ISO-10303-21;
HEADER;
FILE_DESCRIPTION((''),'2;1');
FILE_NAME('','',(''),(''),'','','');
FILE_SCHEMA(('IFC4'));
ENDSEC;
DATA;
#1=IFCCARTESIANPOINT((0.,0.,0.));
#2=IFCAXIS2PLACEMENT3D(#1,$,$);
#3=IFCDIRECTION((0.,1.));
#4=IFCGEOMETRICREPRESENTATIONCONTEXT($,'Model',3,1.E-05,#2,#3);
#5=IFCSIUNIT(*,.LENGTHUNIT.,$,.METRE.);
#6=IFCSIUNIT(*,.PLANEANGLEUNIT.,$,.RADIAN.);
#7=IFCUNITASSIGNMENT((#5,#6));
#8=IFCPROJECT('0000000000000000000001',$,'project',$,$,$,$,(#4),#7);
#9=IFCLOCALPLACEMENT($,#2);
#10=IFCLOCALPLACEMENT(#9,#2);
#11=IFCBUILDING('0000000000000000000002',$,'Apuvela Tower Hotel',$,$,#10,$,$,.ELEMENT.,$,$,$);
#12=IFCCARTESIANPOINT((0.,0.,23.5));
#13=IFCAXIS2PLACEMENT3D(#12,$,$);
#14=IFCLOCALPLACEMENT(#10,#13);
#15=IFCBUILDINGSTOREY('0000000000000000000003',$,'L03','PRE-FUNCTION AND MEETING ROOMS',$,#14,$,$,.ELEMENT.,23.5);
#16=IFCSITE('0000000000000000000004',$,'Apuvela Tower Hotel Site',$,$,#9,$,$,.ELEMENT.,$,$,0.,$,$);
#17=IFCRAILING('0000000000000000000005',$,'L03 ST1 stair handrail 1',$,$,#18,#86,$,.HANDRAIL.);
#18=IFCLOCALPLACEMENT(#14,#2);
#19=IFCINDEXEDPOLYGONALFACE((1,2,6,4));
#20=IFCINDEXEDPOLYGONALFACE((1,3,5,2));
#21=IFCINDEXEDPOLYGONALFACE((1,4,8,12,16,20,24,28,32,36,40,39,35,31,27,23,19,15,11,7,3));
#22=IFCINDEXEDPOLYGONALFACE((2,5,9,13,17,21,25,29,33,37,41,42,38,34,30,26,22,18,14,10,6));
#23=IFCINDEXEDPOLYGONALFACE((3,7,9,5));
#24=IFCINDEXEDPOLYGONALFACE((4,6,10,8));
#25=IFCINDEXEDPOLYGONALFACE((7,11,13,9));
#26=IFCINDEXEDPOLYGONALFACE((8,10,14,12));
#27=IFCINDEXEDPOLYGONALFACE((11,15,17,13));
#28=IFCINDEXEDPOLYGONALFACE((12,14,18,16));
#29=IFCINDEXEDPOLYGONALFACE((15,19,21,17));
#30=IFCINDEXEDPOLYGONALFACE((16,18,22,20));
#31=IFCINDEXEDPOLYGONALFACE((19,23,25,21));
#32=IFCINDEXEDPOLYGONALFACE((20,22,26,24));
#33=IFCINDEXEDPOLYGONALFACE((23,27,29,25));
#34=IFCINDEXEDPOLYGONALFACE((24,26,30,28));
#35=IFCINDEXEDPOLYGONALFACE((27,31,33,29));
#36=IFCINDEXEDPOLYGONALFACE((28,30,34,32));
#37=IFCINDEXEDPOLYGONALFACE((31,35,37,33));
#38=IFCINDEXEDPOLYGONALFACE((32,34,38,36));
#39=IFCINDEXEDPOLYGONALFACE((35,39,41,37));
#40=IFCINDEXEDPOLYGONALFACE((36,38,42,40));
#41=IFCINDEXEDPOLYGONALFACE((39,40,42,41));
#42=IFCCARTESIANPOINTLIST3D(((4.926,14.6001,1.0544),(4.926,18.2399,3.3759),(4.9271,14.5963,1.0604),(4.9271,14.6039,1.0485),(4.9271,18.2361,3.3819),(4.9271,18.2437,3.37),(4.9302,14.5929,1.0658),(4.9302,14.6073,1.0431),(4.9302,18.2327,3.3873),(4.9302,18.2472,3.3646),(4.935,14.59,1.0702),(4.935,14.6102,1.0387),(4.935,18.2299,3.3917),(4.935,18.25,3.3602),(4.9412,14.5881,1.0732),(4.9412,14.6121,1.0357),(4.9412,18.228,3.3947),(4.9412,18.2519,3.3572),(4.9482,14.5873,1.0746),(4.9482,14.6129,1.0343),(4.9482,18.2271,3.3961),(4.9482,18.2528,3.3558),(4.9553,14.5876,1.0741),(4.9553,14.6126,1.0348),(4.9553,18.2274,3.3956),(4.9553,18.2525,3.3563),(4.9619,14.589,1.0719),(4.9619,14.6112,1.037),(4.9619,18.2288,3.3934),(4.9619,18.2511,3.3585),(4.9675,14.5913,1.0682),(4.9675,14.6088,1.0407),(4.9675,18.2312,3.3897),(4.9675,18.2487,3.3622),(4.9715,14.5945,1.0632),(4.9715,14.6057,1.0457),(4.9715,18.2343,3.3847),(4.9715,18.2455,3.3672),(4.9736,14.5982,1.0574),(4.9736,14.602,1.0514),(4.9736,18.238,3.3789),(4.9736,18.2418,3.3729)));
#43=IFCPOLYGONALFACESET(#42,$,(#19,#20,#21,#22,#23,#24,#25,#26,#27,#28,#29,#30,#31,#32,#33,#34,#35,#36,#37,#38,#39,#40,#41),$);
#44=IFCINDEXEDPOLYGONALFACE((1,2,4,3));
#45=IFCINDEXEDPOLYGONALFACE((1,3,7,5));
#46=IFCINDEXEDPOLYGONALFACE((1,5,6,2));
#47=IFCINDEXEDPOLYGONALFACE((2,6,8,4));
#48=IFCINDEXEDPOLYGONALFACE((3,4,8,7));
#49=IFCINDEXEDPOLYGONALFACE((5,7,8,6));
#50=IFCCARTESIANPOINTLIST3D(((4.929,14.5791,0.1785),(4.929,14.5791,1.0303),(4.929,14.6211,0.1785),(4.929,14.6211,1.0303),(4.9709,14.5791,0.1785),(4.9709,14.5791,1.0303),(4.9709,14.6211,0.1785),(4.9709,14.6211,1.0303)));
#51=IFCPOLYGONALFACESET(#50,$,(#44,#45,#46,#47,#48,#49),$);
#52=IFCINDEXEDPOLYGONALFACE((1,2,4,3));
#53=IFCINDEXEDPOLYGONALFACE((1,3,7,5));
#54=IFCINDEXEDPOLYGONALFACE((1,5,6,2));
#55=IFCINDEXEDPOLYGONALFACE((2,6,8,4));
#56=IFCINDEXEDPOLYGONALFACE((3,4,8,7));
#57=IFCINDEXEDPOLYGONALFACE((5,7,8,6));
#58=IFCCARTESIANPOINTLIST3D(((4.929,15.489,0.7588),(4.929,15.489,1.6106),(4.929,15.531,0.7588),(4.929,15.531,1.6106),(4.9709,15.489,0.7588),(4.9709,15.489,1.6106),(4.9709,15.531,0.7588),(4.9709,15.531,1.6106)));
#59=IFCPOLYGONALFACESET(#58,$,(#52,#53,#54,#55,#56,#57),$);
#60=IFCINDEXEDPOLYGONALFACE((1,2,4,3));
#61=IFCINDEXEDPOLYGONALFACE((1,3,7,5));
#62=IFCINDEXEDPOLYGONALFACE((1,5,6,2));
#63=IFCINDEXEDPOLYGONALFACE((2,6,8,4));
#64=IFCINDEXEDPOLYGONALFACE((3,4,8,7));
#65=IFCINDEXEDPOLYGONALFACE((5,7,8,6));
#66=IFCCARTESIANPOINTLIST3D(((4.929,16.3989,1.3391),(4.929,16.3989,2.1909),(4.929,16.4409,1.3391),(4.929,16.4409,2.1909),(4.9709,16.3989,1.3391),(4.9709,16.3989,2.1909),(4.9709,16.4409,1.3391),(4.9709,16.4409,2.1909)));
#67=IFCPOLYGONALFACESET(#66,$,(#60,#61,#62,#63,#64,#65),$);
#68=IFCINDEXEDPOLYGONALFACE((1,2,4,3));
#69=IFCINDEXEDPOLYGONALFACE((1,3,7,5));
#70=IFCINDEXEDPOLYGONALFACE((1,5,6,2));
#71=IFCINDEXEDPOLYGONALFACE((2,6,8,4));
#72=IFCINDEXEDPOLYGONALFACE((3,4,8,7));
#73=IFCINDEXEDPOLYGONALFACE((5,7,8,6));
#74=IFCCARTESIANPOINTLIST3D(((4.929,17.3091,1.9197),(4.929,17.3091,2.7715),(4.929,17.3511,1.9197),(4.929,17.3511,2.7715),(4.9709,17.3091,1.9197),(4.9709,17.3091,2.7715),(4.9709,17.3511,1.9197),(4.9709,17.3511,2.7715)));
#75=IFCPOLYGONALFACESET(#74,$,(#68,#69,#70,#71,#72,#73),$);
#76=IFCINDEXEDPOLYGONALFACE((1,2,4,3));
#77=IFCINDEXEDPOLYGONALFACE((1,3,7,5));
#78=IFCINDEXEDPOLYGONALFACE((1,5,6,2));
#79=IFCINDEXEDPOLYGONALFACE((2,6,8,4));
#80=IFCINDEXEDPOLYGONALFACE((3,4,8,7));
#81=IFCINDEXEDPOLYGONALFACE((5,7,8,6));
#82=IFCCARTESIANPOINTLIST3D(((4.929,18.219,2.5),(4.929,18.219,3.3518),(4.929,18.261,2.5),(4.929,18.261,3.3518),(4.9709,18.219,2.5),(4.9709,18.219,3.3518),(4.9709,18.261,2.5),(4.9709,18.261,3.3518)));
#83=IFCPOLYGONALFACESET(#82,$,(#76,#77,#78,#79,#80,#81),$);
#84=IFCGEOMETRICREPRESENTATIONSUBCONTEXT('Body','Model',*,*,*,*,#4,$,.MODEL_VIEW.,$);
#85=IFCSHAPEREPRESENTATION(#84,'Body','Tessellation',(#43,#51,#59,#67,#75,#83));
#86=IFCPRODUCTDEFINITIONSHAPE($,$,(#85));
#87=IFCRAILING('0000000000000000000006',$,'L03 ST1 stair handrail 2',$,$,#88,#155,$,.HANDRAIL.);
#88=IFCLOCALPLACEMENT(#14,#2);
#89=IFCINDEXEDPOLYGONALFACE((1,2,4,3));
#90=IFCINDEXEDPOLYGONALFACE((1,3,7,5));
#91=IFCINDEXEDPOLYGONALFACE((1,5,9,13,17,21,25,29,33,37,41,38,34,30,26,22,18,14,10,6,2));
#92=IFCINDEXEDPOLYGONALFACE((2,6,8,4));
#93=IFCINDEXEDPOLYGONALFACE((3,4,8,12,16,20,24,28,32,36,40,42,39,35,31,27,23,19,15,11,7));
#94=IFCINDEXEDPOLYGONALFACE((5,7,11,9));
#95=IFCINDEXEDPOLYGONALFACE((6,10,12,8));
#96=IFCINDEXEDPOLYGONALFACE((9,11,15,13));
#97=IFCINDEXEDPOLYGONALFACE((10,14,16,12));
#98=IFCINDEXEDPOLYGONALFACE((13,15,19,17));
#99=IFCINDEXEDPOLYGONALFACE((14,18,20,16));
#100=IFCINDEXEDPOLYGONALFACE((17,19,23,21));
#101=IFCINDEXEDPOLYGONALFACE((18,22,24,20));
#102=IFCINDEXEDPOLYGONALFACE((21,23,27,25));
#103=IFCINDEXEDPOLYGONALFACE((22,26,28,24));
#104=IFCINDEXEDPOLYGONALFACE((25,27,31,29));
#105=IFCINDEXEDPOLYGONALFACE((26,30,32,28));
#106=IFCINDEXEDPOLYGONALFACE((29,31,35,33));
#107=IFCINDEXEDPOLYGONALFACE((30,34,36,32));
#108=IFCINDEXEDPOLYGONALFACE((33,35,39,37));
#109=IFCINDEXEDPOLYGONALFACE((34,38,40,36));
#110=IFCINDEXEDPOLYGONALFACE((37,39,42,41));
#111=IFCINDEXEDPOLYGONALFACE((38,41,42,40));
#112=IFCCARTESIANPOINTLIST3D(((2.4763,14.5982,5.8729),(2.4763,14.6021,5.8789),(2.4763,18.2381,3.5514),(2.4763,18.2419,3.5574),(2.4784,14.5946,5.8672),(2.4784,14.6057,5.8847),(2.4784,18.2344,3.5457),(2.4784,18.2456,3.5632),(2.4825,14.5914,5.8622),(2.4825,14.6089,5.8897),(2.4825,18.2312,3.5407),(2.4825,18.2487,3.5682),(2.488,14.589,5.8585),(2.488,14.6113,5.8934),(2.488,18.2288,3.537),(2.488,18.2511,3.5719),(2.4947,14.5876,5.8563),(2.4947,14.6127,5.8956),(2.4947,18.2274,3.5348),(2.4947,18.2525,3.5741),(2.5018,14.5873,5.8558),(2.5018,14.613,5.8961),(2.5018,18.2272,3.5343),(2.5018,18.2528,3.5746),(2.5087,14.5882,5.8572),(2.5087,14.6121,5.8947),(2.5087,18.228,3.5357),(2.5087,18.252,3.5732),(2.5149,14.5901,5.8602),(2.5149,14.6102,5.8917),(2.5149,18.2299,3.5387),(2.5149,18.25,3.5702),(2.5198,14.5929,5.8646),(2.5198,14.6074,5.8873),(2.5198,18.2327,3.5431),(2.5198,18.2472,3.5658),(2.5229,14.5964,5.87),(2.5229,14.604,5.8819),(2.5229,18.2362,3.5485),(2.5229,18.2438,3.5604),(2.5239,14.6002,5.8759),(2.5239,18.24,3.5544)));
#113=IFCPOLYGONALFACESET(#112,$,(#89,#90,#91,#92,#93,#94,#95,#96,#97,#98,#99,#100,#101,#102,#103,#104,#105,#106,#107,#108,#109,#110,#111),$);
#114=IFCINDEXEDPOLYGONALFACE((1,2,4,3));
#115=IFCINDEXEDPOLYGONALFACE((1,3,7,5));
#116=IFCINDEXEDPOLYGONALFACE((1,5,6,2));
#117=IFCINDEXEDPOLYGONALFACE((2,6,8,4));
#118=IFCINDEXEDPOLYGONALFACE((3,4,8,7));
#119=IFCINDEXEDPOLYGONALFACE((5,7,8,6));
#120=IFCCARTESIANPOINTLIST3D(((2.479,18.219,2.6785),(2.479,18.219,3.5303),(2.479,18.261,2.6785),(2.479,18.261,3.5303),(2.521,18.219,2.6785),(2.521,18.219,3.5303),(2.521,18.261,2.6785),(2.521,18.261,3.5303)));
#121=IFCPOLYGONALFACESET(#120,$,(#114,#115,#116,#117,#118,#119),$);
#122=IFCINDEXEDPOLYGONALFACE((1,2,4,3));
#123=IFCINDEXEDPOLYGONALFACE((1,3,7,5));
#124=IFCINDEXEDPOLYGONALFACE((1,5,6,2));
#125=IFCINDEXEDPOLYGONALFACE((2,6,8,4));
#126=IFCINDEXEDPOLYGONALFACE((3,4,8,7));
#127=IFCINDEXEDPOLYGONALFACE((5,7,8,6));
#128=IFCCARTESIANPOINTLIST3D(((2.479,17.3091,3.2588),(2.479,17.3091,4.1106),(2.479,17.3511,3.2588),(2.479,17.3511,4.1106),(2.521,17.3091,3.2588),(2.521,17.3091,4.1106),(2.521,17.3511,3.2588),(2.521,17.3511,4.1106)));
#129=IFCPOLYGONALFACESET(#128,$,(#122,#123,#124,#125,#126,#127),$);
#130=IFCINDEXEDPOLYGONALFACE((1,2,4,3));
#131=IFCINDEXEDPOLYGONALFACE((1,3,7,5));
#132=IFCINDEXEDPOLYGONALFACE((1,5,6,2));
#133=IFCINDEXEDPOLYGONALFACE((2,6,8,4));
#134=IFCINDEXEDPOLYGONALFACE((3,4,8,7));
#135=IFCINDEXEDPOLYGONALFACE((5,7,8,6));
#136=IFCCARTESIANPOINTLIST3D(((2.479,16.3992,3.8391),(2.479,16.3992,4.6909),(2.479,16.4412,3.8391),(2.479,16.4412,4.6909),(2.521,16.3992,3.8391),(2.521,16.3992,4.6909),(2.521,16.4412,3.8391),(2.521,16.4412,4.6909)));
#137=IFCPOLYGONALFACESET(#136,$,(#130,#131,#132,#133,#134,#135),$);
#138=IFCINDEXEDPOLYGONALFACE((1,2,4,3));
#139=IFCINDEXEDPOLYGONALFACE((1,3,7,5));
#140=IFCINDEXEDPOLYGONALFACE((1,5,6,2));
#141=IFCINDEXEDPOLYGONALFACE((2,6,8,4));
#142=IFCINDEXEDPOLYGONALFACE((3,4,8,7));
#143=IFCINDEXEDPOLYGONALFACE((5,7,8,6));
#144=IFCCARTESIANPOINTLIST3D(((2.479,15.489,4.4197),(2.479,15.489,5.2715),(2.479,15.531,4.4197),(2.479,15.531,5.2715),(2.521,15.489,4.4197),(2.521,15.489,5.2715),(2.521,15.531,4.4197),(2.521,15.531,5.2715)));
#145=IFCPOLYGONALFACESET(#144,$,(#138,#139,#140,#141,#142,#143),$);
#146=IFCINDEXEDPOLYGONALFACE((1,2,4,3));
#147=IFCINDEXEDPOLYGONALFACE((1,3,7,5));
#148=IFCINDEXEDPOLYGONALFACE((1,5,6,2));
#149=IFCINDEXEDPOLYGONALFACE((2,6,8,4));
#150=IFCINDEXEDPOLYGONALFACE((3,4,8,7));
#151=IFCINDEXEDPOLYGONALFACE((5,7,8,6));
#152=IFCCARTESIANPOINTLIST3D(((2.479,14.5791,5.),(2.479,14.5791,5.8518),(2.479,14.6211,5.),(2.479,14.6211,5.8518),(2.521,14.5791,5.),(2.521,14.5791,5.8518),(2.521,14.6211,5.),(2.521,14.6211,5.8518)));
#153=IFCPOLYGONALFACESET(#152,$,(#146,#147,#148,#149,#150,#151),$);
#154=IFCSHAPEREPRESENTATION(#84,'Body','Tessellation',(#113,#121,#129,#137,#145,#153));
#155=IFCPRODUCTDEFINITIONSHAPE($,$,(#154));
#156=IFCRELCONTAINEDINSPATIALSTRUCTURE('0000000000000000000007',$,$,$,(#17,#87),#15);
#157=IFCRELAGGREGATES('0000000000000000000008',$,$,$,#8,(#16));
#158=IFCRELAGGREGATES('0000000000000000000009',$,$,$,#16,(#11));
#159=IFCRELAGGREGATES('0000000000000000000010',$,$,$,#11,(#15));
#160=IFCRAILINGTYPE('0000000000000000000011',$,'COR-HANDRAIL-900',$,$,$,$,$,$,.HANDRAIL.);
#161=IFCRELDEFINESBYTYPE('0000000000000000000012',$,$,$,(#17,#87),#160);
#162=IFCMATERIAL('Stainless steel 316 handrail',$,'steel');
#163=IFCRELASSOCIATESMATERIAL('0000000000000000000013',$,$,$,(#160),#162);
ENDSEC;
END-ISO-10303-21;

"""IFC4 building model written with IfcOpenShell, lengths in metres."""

from ifc_helpers import new_model, si_unit, direction, frame, origin, origin_2d, place, context, subcontext, project, spatial, rectangle, circle, extrude, material, type_object, element, save


model = new_model("IFC4")

# Units and contexts
model_context = context("Model", 3, precision=1e-05, world=origin(), true_north=direction((0.0, 1.0)))
body_context = subcontext(model_context, "Body", "Model", "MODEL_VIEW")
ifc_project = project(units=[si_unit("LENGTHUNIT", "METRE"), si_unit("PLANEANGLEUNIT", "RADIAN")], contexts=[model_context])

# Site, building, storey
site_placement = place(None, origin())
site = spatial("IfcSite", under=ifc_project, at=site_placement, Name="Apuvela Tower Hotel Site", CompositionType="ELEMENT", RefElevation=0.0)
building_placement = place(site_placement, origin())
building = spatial("IfcBuilding", under=site, at=building_placement, Name="Apuvela Tower Hotel", CompositionType="ELEMENT")
storey_placement = place(building_placement, frame((0.0, 0.0, 23.5)))
storey = spatial("IfcBuildingStorey", under=building, at=storey_placement, Name="L03", Description="PRE-FUNCTION AND MEETING ROOMS", CompositionType="ELEMENT", Elevation=23.5)

# Railings
ifc_material_1 = material(Name="Stainless steel 316 handrail", Category="steel")
railing_type_1 = type_object("IfcRailingType", Name="COR-HANDRAIL-900", PredefinedType="HANDRAIL", material=ifc_material_1)
railing_1_placement = place(storey_placement, frame((4.95, 14.6001, 0.1785)))
element("IfcRailing", 1, at=railing_1_placement, inside=storey, type_object=railing_type_1, Name="L03 ST1 stair handrail 1", PredefinedType="HANDRAIL", context=body_context, shape_type="SweptSolid", body=[
    extrude(circle(Radius=0.0239, at=origin_2d()), frame((0.0, 0.0, 0.876), z_axis=(0.0, 0.843112, 0.537739), x_axis=(-1.0, 0.0, 0.0)), (0.0, 0.0, 1.0), 4.3171),
    extrude(rectangle(XDim=0.042, YDim=0.042, at=origin_2d()), origin(), (0.0, 0.0, 1.0), 0.8518),
    extrude(rectangle(XDim=0.042, YDim=0.042, at=origin_2d()), frame((0.0, 0.9099, 0.5803)), (0.0, 0.0, 1.0), 0.8518),
    extrude(rectangle(XDim=0.042, YDim=0.042, at=origin_2d()), frame((0.0, 1.8198, 1.1606)), (0.0, 0.0, 1.0), 0.8518),
    extrude(rectangle(XDim=0.042, YDim=0.042, at=origin_2d()), frame((0.0, 2.73, 1.7412)), (0.0, 0.0, 1.0), 0.8518),
    extrude(rectangle(XDim=0.042, YDim=0.042, at=origin_2d()), frame((0.0, 3.6399, 2.3215)), (0.0, 0.0, 1.0), 0.8518),
])
railing_2_placement = place(storey_placement, frame((2.5, 18.24, 2.6785)))
element("IfcRailing", 2, at=railing_2_placement, inside=storey, type_object=railing_type_1, Name="L03 ST1 stair handrail 2", PredefinedType="HANDRAIL", context=body_context, shape_type="SweptSolid", body=[
    extrude(circle(Radius=0.0239, at=origin_2d()), frame((0.0, 0.0, 0.876), z_axis=(0.0, -0.843112, 0.537739), x_axis=(1.0, 0.0, 0.0)), (0.0, 0.0, 1.0), 4.3171),
    extrude(rectangle(XDim=0.042, YDim=0.042, at=origin_2d()), origin(), (0.0, 0.0, 1.0), 0.8518),
    extrude(rectangle(XDim=0.042, YDim=0.042, at=origin_2d()), frame((0.0, -0.9099, 0.5803)), (0.0, 0.0, 1.0), 0.8518),
    extrude(rectangle(XDim=0.042, YDim=0.042, at=origin_2d()), frame((0.0, -1.8198, 1.1606)), (0.0, 0.0, 1.0), 0.8518),
    extrude(rectangle(XDim=0.042, YDim=0.042, at=origin_2d()), frame((0.0, -2.73, 1.7412)), (0.0, 0.0, 1.0), 0.8518),
    extrude(rectangle(XDim=0.042, YDim=0.042, at=origin_2d()), frame((0.0, -3.6399, 2.3215)), (0.0, 0.0, 1.0), 0.8518),
])

save(model, "model.ifc")
